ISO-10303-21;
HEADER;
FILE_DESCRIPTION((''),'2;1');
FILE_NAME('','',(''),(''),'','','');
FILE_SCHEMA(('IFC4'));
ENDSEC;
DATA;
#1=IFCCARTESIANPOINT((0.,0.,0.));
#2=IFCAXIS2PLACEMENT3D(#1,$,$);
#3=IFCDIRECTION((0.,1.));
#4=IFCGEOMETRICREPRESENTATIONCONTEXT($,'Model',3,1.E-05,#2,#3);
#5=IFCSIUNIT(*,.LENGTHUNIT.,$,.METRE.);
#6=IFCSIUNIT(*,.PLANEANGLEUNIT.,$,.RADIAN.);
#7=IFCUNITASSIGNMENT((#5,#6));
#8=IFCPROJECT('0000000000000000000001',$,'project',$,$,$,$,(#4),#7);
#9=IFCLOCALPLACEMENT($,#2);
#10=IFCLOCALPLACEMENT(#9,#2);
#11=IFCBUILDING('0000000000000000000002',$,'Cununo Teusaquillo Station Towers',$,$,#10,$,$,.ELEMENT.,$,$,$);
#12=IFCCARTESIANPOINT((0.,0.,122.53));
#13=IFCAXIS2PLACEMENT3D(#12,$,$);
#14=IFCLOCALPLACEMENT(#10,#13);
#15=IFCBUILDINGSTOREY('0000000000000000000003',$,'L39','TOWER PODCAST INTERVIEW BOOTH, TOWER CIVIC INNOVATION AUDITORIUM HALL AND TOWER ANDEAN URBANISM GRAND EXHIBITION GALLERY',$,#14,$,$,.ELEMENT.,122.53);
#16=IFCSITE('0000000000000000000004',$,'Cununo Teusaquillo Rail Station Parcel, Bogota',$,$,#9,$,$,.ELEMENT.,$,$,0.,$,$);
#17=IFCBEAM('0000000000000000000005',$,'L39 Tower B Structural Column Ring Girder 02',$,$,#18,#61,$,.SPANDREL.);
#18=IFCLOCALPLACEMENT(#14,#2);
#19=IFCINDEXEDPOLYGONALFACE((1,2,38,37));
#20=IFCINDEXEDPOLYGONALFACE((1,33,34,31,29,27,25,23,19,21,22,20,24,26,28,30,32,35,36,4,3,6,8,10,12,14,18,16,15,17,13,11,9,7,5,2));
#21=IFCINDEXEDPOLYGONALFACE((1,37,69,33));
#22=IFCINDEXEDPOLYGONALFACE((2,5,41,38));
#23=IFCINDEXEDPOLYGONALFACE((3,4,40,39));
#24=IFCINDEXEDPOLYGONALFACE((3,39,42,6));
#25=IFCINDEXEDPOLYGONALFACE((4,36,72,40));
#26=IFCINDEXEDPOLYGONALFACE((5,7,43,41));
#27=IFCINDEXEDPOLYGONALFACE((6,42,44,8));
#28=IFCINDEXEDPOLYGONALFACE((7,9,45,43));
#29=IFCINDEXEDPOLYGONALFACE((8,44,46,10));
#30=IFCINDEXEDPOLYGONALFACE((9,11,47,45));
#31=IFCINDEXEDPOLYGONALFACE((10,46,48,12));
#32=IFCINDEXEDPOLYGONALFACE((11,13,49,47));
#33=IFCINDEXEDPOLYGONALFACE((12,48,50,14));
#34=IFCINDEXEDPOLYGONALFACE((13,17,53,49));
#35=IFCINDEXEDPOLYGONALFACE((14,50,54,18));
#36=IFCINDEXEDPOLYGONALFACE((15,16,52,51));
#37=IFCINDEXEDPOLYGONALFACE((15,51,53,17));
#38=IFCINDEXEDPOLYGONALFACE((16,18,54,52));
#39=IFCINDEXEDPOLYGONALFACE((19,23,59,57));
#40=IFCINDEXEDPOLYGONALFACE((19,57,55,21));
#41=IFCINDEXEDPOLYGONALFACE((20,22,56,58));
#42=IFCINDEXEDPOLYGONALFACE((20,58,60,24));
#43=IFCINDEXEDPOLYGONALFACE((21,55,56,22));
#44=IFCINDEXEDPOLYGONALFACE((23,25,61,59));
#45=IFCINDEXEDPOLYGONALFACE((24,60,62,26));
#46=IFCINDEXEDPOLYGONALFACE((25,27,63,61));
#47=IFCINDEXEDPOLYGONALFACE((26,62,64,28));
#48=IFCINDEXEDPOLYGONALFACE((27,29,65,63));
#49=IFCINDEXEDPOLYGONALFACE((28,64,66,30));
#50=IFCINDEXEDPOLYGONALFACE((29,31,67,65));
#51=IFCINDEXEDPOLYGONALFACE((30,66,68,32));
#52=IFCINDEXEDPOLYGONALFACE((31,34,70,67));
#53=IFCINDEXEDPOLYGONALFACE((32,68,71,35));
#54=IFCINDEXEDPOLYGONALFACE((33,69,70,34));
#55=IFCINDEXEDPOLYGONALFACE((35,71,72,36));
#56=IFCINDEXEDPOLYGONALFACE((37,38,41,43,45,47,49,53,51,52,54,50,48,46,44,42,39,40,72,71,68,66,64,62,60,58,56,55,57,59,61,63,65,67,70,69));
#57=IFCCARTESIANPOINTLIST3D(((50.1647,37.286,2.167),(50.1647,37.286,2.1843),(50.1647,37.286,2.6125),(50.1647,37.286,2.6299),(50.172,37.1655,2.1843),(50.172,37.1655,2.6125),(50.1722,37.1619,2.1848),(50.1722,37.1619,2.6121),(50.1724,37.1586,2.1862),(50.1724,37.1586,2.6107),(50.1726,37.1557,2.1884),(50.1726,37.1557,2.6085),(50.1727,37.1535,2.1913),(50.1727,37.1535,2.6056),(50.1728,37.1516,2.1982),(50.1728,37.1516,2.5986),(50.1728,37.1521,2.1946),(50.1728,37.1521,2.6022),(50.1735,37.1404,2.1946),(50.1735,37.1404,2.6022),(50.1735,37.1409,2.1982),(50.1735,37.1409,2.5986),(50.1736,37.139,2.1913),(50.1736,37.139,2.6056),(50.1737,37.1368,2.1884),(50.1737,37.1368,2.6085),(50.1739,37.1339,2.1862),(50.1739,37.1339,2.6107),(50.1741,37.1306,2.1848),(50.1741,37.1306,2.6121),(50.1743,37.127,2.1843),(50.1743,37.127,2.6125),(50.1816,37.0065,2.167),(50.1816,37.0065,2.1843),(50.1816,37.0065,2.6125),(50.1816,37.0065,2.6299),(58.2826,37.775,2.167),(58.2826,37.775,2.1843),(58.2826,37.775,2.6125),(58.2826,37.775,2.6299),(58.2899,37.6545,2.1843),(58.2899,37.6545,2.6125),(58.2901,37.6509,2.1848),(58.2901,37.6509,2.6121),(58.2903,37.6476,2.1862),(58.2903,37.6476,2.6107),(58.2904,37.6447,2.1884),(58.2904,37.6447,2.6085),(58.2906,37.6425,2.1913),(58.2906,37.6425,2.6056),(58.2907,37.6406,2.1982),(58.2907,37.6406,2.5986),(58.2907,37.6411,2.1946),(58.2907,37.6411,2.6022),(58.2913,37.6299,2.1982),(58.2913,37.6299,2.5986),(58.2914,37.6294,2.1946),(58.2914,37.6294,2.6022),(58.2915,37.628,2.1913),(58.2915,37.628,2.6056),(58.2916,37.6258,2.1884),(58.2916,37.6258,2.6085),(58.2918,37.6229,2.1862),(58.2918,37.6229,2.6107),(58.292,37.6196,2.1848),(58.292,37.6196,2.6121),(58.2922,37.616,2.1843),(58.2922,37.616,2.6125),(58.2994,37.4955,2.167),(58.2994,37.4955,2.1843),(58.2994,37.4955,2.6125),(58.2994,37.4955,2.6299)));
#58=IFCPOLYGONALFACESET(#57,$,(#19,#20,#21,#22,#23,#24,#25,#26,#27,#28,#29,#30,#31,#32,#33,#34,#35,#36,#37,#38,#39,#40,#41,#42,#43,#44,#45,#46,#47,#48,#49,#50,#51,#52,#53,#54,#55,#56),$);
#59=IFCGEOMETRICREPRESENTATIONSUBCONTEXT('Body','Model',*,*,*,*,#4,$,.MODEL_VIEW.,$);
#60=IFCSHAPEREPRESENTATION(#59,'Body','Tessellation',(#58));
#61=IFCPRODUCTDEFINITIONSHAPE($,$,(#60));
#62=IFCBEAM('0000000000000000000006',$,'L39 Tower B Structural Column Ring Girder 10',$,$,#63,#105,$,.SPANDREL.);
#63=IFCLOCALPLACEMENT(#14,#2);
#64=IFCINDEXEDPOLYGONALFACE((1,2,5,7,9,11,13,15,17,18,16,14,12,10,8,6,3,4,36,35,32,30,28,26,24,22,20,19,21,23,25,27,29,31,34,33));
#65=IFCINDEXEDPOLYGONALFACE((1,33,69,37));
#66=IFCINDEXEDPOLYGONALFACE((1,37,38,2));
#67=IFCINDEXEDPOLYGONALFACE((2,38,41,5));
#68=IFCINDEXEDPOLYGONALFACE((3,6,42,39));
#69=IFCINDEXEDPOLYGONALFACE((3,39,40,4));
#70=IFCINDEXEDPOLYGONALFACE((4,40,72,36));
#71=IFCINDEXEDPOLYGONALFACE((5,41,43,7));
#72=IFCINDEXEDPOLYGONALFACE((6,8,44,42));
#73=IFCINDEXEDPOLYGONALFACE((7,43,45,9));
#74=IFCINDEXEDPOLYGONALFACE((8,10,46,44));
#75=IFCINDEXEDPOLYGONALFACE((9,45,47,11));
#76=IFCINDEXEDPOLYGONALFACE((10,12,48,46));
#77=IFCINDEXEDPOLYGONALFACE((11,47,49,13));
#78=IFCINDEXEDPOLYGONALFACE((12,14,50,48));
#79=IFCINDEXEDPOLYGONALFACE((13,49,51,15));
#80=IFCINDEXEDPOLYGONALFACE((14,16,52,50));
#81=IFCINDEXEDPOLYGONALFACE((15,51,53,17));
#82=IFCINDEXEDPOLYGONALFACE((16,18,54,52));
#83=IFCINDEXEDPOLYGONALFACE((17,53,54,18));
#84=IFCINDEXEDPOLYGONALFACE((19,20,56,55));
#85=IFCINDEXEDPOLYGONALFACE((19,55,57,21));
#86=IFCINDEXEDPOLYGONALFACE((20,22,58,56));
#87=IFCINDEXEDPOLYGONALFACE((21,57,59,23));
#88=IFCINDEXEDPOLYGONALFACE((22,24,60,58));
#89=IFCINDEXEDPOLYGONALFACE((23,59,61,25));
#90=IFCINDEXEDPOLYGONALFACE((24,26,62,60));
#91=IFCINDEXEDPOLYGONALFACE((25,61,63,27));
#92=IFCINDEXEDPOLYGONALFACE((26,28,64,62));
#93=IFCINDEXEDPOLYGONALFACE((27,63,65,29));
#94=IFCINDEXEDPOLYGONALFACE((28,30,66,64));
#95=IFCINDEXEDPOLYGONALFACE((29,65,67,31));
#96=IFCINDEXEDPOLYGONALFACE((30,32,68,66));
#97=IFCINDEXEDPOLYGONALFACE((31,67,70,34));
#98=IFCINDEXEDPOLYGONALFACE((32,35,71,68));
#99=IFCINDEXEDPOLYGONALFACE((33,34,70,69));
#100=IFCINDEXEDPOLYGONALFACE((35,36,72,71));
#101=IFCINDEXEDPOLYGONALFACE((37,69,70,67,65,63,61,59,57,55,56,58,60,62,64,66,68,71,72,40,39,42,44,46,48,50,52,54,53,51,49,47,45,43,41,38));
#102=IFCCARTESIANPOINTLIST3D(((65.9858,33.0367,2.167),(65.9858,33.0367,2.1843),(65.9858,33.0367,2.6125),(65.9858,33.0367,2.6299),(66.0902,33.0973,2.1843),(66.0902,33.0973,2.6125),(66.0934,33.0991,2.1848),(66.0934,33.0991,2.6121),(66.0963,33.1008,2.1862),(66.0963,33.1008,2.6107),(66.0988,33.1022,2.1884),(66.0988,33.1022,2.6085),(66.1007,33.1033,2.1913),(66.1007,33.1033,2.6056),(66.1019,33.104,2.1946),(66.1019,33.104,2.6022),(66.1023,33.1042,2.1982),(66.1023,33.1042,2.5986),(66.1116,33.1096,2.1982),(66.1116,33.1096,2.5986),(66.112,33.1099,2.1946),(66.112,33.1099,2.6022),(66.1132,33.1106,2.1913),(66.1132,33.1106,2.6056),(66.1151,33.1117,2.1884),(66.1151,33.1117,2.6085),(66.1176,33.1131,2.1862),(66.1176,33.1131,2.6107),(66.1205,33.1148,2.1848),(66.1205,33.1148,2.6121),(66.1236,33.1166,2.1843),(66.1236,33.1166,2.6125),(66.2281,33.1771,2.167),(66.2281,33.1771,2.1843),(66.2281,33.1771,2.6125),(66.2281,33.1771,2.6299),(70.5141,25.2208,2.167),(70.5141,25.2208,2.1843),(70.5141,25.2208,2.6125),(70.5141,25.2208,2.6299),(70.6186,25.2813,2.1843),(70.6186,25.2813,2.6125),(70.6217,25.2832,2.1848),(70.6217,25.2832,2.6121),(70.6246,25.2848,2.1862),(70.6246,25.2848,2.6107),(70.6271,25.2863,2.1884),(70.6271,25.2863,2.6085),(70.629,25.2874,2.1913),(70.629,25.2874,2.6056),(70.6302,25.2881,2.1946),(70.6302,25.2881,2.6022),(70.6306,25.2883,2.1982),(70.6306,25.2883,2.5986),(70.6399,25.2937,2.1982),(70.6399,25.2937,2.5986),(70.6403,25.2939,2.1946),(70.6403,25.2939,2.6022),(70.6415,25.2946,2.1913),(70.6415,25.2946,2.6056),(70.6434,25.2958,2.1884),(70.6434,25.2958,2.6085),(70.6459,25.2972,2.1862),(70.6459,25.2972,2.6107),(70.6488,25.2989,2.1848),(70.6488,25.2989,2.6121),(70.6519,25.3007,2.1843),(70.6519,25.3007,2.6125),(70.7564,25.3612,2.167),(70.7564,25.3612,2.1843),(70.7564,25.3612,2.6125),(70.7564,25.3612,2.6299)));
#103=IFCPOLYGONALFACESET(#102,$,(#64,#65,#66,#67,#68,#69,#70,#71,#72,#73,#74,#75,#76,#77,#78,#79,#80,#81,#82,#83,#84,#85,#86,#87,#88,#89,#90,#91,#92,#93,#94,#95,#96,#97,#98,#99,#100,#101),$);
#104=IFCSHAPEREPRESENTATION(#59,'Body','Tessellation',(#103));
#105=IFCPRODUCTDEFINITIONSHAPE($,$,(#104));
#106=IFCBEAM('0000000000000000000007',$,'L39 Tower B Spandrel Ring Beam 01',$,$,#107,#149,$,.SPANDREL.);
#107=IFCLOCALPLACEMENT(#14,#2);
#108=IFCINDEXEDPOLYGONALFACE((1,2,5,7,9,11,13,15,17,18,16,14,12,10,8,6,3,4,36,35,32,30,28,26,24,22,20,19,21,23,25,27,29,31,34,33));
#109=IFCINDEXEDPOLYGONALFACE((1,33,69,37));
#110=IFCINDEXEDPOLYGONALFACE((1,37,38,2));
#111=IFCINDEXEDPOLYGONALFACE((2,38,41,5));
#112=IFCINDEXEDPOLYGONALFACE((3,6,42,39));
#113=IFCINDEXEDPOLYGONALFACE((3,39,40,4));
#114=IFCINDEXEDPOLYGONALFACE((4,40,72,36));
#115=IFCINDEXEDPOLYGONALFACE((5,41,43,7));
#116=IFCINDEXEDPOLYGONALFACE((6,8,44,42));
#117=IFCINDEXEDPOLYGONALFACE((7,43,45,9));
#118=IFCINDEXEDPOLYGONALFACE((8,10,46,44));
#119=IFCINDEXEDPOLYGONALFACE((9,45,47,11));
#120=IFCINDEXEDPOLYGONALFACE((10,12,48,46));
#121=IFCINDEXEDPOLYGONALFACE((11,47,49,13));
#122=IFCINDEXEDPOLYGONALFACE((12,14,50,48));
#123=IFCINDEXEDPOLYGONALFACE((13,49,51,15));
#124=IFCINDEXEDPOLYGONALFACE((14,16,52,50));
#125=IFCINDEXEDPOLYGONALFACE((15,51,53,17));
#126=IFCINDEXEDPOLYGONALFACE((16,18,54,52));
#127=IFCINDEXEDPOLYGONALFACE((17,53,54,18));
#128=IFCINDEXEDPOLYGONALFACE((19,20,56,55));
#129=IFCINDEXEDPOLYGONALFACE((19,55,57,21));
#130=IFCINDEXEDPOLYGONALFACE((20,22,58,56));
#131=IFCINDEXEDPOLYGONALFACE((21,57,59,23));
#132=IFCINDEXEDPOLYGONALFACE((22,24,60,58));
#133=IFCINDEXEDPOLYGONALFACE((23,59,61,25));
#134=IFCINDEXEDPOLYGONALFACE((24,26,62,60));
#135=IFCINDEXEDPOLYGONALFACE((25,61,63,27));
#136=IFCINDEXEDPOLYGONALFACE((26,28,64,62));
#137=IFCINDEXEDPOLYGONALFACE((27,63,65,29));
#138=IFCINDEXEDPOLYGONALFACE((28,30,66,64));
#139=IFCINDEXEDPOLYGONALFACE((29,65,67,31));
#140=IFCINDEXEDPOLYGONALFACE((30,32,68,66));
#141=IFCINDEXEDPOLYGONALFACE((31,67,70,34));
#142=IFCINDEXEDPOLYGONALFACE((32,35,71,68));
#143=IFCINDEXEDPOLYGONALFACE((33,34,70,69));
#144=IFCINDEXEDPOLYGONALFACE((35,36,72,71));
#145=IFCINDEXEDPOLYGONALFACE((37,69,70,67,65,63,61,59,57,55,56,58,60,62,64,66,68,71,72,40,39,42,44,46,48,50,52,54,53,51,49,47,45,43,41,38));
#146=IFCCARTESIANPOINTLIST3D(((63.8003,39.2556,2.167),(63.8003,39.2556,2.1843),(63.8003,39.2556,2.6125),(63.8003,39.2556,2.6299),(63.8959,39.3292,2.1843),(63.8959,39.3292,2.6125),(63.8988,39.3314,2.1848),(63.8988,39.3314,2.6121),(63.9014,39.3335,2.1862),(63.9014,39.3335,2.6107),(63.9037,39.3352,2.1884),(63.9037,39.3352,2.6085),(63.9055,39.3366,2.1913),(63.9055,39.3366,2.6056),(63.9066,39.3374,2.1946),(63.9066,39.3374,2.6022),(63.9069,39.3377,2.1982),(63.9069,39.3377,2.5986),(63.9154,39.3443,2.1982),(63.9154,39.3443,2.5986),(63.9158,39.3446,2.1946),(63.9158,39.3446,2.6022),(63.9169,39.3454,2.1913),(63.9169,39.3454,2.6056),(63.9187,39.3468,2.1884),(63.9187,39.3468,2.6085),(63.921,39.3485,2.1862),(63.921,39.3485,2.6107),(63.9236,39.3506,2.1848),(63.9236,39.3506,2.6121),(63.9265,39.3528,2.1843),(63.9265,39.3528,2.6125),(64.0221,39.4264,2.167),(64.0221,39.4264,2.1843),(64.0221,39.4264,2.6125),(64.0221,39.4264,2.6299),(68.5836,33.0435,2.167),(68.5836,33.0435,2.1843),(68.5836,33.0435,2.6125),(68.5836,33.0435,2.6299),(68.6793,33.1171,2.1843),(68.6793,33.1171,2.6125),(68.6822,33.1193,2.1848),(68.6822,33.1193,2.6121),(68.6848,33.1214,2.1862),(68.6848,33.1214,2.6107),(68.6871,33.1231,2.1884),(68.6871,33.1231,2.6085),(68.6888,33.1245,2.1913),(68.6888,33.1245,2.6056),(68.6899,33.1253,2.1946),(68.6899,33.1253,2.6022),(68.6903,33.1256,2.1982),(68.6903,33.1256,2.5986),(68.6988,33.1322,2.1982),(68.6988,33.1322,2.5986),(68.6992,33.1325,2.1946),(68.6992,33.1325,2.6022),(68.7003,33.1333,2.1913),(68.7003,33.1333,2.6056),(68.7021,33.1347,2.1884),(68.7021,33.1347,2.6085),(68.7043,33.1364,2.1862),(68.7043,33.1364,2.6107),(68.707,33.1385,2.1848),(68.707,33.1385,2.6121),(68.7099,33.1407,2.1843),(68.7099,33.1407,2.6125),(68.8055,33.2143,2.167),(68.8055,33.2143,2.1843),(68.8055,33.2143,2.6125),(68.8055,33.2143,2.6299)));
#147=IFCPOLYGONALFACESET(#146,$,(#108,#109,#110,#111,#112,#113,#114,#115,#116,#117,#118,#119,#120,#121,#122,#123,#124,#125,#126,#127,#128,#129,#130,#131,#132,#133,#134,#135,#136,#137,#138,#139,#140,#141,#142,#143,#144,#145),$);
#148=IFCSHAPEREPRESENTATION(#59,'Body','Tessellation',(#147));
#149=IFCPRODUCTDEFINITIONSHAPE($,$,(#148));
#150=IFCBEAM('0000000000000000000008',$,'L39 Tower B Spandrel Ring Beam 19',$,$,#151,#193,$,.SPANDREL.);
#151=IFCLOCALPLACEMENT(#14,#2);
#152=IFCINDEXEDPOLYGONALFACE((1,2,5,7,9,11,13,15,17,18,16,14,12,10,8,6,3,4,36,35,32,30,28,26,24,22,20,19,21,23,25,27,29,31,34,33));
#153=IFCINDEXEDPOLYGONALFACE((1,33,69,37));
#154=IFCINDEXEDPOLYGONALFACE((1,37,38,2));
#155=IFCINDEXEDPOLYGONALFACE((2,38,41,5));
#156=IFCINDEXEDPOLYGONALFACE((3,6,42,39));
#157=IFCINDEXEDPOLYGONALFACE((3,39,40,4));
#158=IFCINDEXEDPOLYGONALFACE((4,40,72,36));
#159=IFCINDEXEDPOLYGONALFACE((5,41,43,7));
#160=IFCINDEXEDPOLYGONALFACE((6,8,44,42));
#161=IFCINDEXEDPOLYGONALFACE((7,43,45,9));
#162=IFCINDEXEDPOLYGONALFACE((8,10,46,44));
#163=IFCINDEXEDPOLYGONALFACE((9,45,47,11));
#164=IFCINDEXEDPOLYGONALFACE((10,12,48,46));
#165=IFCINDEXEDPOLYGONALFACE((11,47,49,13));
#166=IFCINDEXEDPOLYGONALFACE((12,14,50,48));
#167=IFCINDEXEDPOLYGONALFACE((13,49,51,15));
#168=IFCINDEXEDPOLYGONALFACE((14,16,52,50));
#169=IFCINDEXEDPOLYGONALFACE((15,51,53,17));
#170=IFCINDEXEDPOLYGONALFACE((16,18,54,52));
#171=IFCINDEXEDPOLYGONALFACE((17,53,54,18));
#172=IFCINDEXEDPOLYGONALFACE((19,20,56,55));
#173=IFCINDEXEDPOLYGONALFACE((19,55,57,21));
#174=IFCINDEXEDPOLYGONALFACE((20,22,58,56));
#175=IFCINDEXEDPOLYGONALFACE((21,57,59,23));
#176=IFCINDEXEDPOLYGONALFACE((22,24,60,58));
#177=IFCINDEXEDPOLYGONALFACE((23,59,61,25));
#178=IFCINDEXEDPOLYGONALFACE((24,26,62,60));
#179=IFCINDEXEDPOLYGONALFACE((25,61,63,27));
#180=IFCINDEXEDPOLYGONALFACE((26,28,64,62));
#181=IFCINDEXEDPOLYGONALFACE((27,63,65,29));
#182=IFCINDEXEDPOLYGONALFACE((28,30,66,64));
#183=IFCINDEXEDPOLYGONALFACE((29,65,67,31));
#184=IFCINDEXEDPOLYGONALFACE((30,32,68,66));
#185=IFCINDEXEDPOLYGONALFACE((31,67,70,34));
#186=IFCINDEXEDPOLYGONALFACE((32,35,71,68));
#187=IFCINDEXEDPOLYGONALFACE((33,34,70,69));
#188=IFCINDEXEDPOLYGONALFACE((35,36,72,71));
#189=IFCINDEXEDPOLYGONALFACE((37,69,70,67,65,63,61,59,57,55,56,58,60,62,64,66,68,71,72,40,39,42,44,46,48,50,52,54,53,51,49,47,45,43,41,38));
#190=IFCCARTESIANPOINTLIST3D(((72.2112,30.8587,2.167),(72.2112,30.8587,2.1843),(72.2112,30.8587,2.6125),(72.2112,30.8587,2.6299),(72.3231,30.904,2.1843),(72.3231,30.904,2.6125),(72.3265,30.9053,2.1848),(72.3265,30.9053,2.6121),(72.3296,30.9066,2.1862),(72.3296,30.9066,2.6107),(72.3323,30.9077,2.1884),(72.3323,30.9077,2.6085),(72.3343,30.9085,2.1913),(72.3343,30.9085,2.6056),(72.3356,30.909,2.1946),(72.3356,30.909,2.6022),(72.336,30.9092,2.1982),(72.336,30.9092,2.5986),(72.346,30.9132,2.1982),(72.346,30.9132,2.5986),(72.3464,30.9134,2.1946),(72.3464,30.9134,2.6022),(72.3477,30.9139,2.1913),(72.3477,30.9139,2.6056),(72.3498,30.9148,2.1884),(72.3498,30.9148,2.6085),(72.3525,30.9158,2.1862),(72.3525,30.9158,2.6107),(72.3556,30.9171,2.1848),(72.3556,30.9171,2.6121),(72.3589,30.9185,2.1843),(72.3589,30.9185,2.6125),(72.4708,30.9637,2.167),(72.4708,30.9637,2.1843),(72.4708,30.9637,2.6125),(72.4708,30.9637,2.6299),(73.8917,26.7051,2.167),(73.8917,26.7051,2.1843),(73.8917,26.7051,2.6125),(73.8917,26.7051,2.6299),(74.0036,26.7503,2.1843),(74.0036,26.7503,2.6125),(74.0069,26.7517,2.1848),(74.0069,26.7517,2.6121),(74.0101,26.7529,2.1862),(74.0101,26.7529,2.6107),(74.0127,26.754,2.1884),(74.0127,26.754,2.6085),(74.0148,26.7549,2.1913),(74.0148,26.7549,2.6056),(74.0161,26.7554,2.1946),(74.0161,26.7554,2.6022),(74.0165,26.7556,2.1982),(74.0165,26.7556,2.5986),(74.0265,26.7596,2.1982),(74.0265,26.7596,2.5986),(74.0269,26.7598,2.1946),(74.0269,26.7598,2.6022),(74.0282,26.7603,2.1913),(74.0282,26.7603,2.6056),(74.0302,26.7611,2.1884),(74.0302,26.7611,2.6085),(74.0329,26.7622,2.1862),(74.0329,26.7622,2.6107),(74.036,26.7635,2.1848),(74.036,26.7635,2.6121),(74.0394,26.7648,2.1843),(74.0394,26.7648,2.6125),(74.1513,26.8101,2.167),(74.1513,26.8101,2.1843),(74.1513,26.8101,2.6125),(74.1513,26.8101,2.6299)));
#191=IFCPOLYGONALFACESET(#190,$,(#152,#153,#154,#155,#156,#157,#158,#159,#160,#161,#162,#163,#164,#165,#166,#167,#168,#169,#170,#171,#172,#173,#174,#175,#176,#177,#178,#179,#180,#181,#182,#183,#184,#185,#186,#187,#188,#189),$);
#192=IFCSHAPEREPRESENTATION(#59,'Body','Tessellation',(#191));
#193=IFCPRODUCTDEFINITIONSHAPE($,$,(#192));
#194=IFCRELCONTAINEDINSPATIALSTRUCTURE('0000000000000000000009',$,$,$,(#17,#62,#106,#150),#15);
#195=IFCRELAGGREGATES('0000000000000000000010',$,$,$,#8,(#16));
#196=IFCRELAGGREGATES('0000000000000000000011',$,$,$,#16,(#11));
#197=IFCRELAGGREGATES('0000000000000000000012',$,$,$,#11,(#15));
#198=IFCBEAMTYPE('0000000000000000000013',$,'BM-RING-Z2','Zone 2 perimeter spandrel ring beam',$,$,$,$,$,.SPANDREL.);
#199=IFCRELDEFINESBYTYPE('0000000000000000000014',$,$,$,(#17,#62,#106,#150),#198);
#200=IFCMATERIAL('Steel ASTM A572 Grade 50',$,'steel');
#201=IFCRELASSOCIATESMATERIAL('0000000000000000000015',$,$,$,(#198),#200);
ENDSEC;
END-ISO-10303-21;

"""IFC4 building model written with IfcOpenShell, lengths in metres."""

from ifc_helpers import new_model, si_unit, direction, frame, origin, origin_2d, place, context, subcontext, project, spatial, i_section, extrude, material, material_profile, profile_set, type_object, element, save


model = new_model("IFC4")

# Units and contexts
model_context = context("Model", 3, precision=1e-05, world=origin(), true_north=direction((0.0, 1.0)))
body_context = subcontext(model_context, "Body", "Model", "MODEL_VIEW")
ifc_project = project(units=[si_unit("LENGTHUNIT", "METRE"), si_unit("PLANEANGLEUNIT", "RADIAN")], contexts=[model_context])

# Site, building, storey
site_placement = place(None, origin())
site = spatial("IfcSite", under=ifc_project, at=site_placement, Name="Cununo Teusaquillo Rail Station Parcel, Bogota", CompositionType="ELEMENT", RefElevation=0.0)
building_placement = place(site_placement, origin())
building = spatial("IfcBuilding", under=site, at=building_placement, Name="Cununo Teusaquillo Station Towers", CompositionType="ELEMENT")
storey_placement = place(building_placement, frame((0.0, 0.0, 122.53)))
storey = spatial("IfcBuildingStorey", under=building, at=storey_placement, Name="L39", Description="TOWER PODCAST INTERVIEW BOOTH, TOWER CIVIC INNOVATION AUDITORIUM HALL AND TOWER ANDEAN URBANISM GRAND EXHIBITION GALLERY", CompositionType="ELEMENT", Elevation=122.53)

# Beams
ifc_material_1 = material(Name="Steel ASTM A572 Grade 50", Category="steel")
ifc_material_profile_1 = material_profile(ifc_material_1, i_section(OverallWidth=0.28, OverallDepth=0.4629, WebThickness=0.0107, FlangeThickness=0.0173, FilletRadius=0.0139, at=origin_2d()), Name="W18X76")
ifc_profile_set_1 = profile_set([ifc_material_profile_1], Name="Steel ASTM A572 Grade 50")
beam_type = type_object("IfcBeamType", Name="BM-RING-Z2", Description="Zone 2 perimeter spandrel ring beam", PredefinedType="SPANDREL", material=ifc_profile_set_1)
beam_1_placement = place(storey_placement, frame((58.291, 37.6353, 2.3984), z_axis=(-0.998191, -0.06013, 0.0), x_axis=(0.06013, -0.998191, 0.0)))
element("IfcBeam", 1, at=beam_1_placement, inside=storey, type_object=beam_type, Name="L39 Tower B Structural Column Ring Girder 02", PredefinedType="SPANDREL", context=body_context, shape_type="SweptSolid", body=[
    extrude(i_section(OverallWidth=0.28, OverallDepth=0.4629, WebThickness=0.0107, FlangeThickness=0.0173, FilletRadius=0.0139, at=origin_2d()), origin(), (0.0, 0.0, 1.0), 8.1326),
])
beam_2_placement = place(storey_placement, frame((70.6353, 25.291, 2.3984), z_axis=(-0.501311, 0.865267, 0.0), x_axis=(-0.865267, -0.501311, 0.0)))
element("IfcBeam", 2, at=beam_2_placement, inside=storey, type_object=beam_type, Name="L39 Tower B Structural Column Ring Girder 10", PredefinedType="SPANDREL", context=body_context, shape_type="SweptSolid", body=[
    extrude(i_section(OverallWidth=0.28, OverallDepth=0.4629, WebThickness=0.0107, FlangeThickness=0.0173, FilletRadius=0.0139, at=origin_2d()), origin(), (0.0, 0.0, 1.0), 9.033),
])
beam_3_placement = place(storey_placement, frame((68.6946, 33.1289, 2.3984), z_axis=(-0.6101, 0.792324, 0.0), x_axis=(-0.792324, -0.6101, 0.0)))
element("IfcBeam", 3, at=beam_3_placement, inside=storey, type_object=beam_type, Name="L39 Tower B Spandrel Ring Beam 01", PredefinedType="SPANDREL", context=body_context, shape_type="SweptSolid", body=[
    extrude(i_section(OverallWidth=0.28, OverallDepth=0.4629, WebThickness=0.0107, FlangeThickness=0.0173, FilletRadius=0.0139, at=origin_2d()), origin(), (0.0, 0.0, 1.0), 7.8403),
])
beam_4_placement = place(storey_placement, frame((74.0215, 26.7576, 2.3984), z_axis=(-0.375042, 0.927008, 0.0), x_axis=(-0.927008, -0.375042, 0.0)))
element("IfcBeam", 4, at=beam_4_placement, inside=storey, type_object=beam_type, Name="L39 Tower B Spandrel Ring Beam 19", PredefinedType="SPANDREL", context=body_context, shape_type="SweptSolid", body=[
    extrude(i_section(OverallWidth=0.28, OverallDepth=0.4629, WebThickness=0.0107, FlangeThickness=0.0173, FilletRadius=0.0139, at=origin_2d()), origin(), (0.0, 0.0, 1.0), 4.4807),
])

save(model, "model.ifc")
